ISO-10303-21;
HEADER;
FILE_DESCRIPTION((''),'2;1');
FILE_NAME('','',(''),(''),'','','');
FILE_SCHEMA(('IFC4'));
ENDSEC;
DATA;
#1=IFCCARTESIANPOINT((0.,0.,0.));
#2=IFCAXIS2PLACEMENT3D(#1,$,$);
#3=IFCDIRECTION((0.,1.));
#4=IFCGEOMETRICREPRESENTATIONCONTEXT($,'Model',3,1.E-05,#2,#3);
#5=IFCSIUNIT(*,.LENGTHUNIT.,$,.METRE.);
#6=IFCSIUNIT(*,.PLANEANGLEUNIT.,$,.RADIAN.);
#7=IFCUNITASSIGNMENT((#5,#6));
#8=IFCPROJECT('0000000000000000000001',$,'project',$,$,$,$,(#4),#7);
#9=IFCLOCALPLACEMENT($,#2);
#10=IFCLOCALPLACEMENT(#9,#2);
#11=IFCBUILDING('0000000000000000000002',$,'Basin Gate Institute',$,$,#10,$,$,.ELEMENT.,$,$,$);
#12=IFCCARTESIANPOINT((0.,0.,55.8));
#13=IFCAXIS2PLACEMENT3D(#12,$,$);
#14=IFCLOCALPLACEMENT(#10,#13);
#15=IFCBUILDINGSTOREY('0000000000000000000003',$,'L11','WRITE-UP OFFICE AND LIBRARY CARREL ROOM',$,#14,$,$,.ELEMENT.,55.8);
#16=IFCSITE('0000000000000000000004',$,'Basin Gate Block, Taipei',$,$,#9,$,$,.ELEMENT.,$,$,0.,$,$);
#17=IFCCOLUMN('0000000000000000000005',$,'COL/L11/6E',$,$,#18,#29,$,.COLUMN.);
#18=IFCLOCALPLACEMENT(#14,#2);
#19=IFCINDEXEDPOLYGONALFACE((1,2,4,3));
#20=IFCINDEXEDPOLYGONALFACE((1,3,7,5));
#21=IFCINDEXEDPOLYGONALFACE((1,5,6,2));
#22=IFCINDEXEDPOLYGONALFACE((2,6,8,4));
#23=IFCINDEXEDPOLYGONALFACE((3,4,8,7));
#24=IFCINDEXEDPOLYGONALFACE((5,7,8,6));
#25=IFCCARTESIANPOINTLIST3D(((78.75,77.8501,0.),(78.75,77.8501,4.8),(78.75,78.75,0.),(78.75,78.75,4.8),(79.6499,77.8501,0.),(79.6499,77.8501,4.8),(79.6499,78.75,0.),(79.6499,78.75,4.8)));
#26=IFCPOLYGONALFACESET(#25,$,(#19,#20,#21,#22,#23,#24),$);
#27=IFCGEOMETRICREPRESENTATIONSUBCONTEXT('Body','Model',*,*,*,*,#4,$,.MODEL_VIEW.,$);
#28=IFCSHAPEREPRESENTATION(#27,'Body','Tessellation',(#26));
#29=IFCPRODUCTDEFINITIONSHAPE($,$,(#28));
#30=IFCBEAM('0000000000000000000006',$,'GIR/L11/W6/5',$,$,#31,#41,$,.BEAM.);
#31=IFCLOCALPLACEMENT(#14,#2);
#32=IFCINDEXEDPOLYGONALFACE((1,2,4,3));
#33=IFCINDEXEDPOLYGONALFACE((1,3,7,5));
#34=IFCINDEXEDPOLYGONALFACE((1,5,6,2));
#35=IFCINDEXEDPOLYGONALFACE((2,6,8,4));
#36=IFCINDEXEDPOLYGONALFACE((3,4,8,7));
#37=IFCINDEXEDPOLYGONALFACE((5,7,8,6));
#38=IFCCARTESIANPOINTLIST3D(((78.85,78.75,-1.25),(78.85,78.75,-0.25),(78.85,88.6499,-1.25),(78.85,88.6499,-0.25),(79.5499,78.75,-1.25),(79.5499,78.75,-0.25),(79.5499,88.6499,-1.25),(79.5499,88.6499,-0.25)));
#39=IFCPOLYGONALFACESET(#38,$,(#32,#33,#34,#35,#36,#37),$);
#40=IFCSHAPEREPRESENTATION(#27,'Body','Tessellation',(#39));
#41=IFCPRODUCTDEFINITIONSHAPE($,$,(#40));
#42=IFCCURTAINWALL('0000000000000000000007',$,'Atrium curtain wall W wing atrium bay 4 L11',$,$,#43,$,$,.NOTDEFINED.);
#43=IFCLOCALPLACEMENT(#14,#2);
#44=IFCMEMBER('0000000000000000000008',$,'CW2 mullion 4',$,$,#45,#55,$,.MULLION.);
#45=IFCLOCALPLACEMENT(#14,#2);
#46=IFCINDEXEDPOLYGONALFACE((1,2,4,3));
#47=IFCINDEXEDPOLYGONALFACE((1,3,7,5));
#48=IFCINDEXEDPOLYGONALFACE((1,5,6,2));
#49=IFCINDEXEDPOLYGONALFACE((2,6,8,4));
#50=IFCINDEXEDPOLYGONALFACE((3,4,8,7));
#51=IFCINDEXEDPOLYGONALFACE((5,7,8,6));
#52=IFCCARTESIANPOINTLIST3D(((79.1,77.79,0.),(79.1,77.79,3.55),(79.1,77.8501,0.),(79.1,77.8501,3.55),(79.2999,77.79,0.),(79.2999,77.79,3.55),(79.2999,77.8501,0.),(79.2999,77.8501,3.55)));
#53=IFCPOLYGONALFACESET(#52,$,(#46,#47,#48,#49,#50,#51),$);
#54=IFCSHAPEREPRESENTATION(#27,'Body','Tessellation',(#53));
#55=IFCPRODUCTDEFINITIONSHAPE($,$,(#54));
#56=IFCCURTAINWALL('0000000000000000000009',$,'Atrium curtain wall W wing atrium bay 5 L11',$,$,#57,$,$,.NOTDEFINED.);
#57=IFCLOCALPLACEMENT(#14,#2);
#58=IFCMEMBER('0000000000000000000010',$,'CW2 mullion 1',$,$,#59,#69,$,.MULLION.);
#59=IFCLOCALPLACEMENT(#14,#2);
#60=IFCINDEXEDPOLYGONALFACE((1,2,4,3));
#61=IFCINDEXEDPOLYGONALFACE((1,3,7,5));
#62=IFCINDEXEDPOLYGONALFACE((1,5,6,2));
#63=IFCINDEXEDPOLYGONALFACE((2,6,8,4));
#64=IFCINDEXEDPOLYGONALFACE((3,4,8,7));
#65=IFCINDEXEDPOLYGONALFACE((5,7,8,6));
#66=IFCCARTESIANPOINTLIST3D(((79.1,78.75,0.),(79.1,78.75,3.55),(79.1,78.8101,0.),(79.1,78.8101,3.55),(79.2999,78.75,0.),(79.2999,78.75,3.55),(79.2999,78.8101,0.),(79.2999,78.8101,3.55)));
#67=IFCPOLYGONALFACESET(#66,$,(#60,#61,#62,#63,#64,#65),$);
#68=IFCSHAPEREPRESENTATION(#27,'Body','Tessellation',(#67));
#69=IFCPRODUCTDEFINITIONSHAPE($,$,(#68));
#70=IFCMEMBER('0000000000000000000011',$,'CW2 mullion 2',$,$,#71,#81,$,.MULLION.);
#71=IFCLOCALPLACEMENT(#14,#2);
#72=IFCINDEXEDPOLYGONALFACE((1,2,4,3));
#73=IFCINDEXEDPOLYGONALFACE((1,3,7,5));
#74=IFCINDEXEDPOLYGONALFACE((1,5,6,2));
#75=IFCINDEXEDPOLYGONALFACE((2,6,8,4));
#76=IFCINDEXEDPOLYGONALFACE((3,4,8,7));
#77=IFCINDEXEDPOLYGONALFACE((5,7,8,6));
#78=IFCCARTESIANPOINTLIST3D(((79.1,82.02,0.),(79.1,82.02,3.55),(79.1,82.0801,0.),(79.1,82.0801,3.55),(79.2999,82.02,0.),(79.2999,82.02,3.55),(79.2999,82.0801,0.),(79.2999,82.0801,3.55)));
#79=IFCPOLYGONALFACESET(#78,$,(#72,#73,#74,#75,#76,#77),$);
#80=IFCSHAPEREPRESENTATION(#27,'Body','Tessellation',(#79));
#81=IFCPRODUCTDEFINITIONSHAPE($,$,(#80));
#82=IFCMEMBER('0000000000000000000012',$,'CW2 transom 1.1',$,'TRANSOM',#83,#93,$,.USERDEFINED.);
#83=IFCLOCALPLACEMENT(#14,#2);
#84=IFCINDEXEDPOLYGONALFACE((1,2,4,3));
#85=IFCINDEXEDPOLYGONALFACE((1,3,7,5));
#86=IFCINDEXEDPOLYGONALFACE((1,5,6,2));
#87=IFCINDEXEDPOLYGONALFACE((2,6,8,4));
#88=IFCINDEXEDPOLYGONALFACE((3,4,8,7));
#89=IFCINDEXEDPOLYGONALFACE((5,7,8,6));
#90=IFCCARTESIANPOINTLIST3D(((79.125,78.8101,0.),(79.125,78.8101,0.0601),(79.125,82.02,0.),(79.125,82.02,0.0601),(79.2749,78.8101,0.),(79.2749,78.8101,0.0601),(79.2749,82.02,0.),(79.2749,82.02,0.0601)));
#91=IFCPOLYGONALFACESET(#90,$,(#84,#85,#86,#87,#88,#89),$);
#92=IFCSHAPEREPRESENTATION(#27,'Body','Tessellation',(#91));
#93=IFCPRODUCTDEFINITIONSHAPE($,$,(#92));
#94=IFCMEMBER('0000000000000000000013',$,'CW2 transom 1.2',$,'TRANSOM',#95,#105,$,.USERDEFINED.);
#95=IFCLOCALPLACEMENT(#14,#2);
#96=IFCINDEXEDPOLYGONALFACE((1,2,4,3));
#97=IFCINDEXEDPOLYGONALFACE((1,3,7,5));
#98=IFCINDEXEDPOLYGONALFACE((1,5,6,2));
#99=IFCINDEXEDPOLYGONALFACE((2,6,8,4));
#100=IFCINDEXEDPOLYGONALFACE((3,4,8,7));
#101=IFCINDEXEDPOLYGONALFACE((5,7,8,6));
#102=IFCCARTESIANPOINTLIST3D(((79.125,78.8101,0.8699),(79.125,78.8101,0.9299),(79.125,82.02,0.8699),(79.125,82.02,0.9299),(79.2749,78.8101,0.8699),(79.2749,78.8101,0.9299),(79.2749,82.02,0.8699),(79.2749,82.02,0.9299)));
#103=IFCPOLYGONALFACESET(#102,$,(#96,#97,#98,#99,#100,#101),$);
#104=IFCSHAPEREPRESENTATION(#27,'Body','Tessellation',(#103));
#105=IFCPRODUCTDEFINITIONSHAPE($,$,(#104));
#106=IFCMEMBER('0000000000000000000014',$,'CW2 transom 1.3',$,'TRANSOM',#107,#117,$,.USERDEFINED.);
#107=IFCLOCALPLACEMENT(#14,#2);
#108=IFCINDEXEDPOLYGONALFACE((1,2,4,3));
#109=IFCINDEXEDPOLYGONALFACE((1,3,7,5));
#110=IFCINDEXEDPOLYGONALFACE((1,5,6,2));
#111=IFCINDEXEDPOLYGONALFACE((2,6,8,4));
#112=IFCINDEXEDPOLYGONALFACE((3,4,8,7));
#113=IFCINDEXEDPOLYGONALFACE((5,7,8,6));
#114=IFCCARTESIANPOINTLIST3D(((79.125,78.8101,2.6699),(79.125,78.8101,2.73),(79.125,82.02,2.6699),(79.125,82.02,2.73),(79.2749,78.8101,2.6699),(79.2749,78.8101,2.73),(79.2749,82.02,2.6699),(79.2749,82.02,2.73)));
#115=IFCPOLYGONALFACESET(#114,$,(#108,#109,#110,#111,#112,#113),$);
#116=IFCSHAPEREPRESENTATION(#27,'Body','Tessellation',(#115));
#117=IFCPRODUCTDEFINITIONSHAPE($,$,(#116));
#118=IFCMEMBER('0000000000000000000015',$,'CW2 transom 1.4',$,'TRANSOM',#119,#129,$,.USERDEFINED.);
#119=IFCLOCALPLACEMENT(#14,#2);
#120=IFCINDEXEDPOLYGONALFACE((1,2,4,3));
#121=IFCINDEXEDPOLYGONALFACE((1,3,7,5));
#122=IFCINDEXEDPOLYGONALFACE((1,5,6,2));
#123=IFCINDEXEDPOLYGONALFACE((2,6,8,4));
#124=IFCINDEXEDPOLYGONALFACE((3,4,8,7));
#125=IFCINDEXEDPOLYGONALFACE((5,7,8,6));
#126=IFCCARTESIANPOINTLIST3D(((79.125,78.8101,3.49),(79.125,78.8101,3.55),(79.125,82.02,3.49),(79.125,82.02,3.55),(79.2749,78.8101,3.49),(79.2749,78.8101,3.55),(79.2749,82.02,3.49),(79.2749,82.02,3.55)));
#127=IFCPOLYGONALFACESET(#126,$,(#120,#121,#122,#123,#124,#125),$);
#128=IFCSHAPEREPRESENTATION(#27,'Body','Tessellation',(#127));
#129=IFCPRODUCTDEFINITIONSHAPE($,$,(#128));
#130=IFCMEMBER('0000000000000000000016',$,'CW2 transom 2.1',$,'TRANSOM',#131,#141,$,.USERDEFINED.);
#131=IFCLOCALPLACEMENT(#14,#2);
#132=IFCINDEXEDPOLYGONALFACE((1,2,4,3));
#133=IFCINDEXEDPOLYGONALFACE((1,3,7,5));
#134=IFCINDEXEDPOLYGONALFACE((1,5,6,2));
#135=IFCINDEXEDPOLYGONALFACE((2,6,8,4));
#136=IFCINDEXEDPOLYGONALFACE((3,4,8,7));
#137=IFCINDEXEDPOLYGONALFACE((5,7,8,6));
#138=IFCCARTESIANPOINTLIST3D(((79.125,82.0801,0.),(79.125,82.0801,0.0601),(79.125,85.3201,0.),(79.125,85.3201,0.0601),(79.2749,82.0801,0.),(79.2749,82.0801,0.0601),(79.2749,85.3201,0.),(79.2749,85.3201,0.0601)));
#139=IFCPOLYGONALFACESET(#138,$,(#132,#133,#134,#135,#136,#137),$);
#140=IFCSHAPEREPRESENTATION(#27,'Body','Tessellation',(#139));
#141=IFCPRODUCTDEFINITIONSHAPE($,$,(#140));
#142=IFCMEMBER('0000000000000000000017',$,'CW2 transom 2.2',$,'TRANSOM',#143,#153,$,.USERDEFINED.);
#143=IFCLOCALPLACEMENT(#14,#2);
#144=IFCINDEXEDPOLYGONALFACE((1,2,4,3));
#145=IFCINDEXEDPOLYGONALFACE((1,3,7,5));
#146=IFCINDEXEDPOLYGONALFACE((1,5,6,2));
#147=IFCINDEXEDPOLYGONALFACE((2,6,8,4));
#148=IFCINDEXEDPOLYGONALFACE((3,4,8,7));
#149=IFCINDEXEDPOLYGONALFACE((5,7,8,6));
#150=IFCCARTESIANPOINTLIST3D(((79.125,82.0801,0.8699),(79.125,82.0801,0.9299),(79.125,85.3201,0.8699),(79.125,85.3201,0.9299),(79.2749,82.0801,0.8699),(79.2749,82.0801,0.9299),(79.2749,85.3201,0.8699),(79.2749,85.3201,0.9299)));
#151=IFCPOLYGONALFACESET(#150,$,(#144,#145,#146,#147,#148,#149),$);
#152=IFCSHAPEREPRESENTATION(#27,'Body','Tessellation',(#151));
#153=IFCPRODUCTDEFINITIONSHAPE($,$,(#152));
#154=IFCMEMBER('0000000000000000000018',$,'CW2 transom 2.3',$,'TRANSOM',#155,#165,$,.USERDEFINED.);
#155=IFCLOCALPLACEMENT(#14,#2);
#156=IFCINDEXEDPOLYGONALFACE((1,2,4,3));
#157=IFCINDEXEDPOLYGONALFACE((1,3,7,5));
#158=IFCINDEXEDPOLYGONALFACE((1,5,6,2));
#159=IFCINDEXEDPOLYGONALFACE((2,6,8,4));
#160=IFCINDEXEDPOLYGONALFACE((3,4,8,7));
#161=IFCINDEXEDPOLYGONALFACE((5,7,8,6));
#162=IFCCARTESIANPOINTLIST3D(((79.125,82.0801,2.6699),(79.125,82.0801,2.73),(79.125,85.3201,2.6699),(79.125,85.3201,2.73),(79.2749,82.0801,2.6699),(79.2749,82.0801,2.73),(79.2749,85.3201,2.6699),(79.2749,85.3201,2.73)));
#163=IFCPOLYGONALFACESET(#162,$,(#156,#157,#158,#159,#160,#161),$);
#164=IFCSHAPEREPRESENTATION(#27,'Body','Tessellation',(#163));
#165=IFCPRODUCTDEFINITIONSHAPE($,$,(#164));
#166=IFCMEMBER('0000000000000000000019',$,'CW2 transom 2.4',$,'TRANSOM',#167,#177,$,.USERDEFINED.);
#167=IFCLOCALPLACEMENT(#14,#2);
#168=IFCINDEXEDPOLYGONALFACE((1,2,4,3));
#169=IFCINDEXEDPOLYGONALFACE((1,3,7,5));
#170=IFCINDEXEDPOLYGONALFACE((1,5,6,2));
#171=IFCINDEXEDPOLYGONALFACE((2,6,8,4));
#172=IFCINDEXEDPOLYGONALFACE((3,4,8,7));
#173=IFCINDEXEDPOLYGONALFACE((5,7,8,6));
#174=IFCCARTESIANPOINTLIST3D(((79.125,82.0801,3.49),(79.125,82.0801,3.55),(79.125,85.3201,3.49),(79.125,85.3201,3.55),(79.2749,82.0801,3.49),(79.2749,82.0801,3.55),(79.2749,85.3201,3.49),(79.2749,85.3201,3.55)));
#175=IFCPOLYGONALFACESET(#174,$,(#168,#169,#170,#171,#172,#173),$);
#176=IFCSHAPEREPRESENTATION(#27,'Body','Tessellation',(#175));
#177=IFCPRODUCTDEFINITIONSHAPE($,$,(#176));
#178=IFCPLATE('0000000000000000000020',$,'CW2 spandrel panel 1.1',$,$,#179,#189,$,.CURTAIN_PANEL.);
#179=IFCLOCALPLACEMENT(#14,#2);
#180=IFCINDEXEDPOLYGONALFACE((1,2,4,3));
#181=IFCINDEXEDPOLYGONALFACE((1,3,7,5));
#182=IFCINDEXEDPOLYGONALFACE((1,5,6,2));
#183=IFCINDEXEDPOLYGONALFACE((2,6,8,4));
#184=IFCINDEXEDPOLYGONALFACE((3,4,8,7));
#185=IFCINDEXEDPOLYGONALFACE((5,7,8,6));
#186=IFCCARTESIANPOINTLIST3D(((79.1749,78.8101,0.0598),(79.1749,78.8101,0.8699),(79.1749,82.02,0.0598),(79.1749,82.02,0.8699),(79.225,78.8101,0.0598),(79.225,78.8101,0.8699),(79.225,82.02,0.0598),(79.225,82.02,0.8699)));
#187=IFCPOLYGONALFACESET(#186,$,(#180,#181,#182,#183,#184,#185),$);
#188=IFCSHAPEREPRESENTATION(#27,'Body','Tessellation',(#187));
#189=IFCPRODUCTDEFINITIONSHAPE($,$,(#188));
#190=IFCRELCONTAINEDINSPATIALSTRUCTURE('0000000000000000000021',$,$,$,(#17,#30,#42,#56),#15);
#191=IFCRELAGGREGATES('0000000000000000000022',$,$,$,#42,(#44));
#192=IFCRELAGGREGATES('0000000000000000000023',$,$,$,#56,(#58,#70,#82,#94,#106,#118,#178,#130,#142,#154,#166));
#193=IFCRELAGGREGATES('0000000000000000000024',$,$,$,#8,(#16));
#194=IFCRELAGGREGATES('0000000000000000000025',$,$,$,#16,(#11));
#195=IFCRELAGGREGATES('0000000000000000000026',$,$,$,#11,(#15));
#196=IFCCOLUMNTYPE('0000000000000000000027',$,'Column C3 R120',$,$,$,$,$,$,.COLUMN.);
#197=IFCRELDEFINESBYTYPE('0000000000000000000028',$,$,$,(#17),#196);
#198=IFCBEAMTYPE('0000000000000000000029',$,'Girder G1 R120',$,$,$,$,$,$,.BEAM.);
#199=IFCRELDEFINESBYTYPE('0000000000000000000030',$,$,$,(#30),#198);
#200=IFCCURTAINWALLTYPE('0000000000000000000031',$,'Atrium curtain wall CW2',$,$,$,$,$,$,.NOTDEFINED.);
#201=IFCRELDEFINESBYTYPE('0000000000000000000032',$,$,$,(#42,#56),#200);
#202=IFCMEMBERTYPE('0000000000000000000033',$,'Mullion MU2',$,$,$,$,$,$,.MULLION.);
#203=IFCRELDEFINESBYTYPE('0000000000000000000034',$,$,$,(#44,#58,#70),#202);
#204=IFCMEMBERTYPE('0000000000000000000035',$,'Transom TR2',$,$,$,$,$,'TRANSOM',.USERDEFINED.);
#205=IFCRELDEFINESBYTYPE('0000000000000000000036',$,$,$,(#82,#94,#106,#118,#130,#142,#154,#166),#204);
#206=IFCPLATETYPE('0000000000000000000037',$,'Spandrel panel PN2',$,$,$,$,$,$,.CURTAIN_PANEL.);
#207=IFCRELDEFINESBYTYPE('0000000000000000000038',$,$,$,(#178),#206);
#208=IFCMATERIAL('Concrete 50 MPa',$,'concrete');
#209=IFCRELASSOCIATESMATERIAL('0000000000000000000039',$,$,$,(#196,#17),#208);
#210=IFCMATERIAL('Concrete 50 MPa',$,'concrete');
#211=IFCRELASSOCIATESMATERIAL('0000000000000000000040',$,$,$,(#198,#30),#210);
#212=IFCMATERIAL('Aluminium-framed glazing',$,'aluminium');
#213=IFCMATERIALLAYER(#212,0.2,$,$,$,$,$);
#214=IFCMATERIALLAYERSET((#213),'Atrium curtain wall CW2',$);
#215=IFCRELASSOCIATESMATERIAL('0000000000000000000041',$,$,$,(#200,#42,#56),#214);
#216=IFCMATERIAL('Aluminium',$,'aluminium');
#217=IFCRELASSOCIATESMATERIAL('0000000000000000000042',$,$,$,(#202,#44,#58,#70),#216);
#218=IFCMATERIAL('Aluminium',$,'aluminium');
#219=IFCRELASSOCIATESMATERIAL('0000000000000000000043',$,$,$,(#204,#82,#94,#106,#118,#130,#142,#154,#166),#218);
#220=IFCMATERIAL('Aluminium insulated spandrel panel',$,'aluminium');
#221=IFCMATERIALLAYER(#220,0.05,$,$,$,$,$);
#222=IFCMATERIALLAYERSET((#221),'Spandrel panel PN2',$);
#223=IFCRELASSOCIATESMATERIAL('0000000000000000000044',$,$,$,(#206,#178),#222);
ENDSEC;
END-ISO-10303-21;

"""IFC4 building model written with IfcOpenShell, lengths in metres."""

from ifc_helpers import new_model, si_unit, direction, frame, origin, origin_2d, place, context, subcontext, project, spatial, rectangle, extrude, material, layer, layer_set, material_profile, profile_set, type_object, element, aggregate, save


model = new_model("IFC4")

# Units and contexts
model_context = context("Model", 3, precision=1e-05, world=origin(), true_north=direction((0.0, 1.0)))
body_context = subcontext(model_context, "Body", "Model", "MODEL_VIEW")
ifc_project = project(units=[si_unit("LENGTHUNIT", "METRE"), si_unit("PLANEANGLEUNIT", "RADIAN")], contexts=[model_context])

# Site, building, storey
site_placement = place(None, origin())
site = spatial("IfcSite", under=ifc_project, at=site_placement, Name="Basin Gate Block, Taipei", CompositionType="ELEMENT", RefElevation=0.0)
building_placement = place(site_placement, origin())
building = spatial("IfcBuilding", under=site, at=building_placement, Name="Basin Gate Institute", CompositionType="ELEMENT")
storey_placement = place(building_placement, frame((0.0, 0.0, 55.8)))
storey = spatial("IfcBuildingStorey", under=building, at=storey_placement, Name="L11", Description="WRITE-UP OFFICE AND LIBRARY CARREL ROOM", CompositionType="ELEMENT", Elevation=55.8)

# Column
ifc_material_1 = material(Name="Concrete 50 MPa", Category="concrete")
ifc_material_profile_1 = material_profile(ifc_material_1, rectangle(XDim=0.8999, YDim=0.8999, at=origin_2d()), Name="Column C3 900 x 900")
ifc_profile_set_1 = profile_set([ifc_material_profile_1], Name="Concrete 50 MPa")
column_type = type_object("IfcColumnType", Name="Column C3 R120", PredefinedType="COLUMN", material=ifc_profile_set_1)
column_placement = place(storey_placement, frame((79.2, 78.3, 0.0), z_axis=(0.0, 0.0, 1.0), x_axis=(1.0, 0.0, 0.0)))
element("IfcColumn", 1, at=column_placement, inside=storey, type_object=column_type, material=ifc_profile_set_1, Name="COL/L11/6E", PredefinedType="COLUMN", context=body_context, shape_type="SweptSolid", body=[
    extrude(rectangle(XDim=0.8999, YDim=0.8999, at=origin_2d()), origin(), (0.0, 0.0, 1.0), 4.8),
])

# Beam
ifc_material_2 = material(Name="Concrete 50 MPa", Category="concrete")
ifc_material_profile_2 = material_profile(ifc_material_2, rectangle(XDim=0.7, YDim=1.0, at=origin_2d()), Name="Girder G1 700 x 1000")
ifc_profile_set_2 = profile_set([ifc_material_profile_2], Name="Concrete 50 MPa")
beam_type = type_object("IfcBeamType", Name="Girder G1 R120", PredefinedType="BEAM", material=ifc_profile_set_2)
beam_placement = place(storey_placement, frame((79.2, 78.75, -0.75), z_axis=(0.0, 1.0, 0.0), x_axis=(-1.0, 0.0, 0.0)))
element("IfcBeam", 2, at=beam_placement, inside=storey, type_object=beam_type, material=ifc_profile_set_2, Name="GIR/L11/W6/5", PredefinedType="BEAM", context=body_context, shape_type="SweptSolid", body=[
    extrude(rectangle(XDim=0.7, YDim=1.0, at=origin_2d()), origin(), (0.0, 0.0, 1.0), 9.8999),
])

# Curtain wall, member
ifc_material_3 = material(Name="Aluminium-framed glazing", Category="aluminium")
ifc_layer_1 = layer(ifc_material_3, 0.2)
ifc_layer_set_1 = layer_set([ifc_layer_1], Name="Atrium curtain wall CW2")
curtain_wall_type = type_object("IfcCurtainWallType", Name="Atrium curtain wall CW2", PredefinedType="NOTDEFINED", material=ifc_layer_set_1)
curtain_wall_1_placement = place(storey_placement, origin())
curtain_wall_1 = element("IfcCurtainWall", 3, at=curtain_wall_1_placement, inside=storey, type_object=curtain_wall_type, material=ifc_layer_set_1, Name="Atrium curtain wall W wing atrium bay 4 L11", PredefinedType="NOTDEFINED")
ifc_material_4 = material(Name="Aluminium", Category="aluminium")
ifc_material_profile_3 = material_profile(ifc_material_4, rectangle(XDim=0.2, YDim=0.0601, at=origin_2d()), Name="Mullion MU2 200 x 60")
ifc_profile_set_3 = profile_set([ifc_material_profile_3], Name="Aluminium")
member_type_1 = type_object("IfcMemberType", Name="Mullion MU2", PredefinedType="MULLION", material=ifc_profile_set_3)
member_1_placement = place(storey_placement, frame((79.2, 77.8201, 0.0), z_axis=(0.0, 0.0, 1.0), x_axis=(-1.0, 0.0, 0.0)))
member_1 = element("IfcMember", 4, at=member_1_placement, type_object=member_type_1, material=ifc_profile_set_3, Name="CW2 mullion 4", PredefinedType="MULLION", context=body_context, shape_type="SweptSolid", body=[
    extrude(rectangle(XDim=0.2, YDim=0.0601, at=origin_2d()), origin(), (0.0, 0.0, 1.0), 3.55),
])
aggregate(curtain_wall_1, [member_1])

# Curtain wall, members, plate
curtain_wall_2_placement = place(storey_placement, origin())
curtain_wall_2 = element("IfcCurtainWall", 5, at=curtain_wall_2_placement, inside=storey, type_object=curtain_wall_type, material=ifc_layer_set_1, Name="Atrium curtain wall W wing atrium bay 5 L11", PredefinedType="NOTDEFINED")
member_2_placement = place(storey_placement, frame((79.2, 78.78, 0.0), z_axis=(0.0, 0.0, 1.0), x_axis=(-1.0, 0.0, 0.0)))
member_2 = element("IfcMember", 6, at=member_2_placement, type_object=member_type_1, material=ifc_profile_set_3, Name="CW2 mullion 1", PredefinedType="MULLION", context=body_context, shape_type="SweptSolid", body=[
    extrude(rectangle(XDim=0.2, YDim=0.0601, at=origin_2d()), origin(), (0.0, 0.0, 1.0), 3.55),
])
member_3_placement = place(storey_placement, frame((79.2, 82.05, 0.0), z_axis=(0.0, 0.0, 1.0), x_axis=(-1.0, 0.0, 0.0)))
member_3 = element("IfcMember", 7, at=member_3_placement, type_object=member_type_1, material=ifc_profile_set_3, Name="CW2 mullion 2", PredefinedType="MULLION", context=body_context, shape_type="SweptSolid", body=[
    extrude(rectangle(XDim=0.2, YDim=0.0601, at=origin_2d()), origin(), (0.0, 0.0, 1.0), 3.55),
])
ifc_material_5 = material(Name="Aluminium", Category="aluminium")
ifc_material_profile_4 = material_profile(ifc_material_5, rectangle(XDim=0.1499, YDim=0.0601, at=origin_2d()), Name="Transom TR2 150 x 60")
ifc_profile_set_4 = profile_set([ifc_material_profile_4], Name="Aluminium")
member_type_2 = type_object("IfcMemberType", Name="Transom TR2", ElementType="TRANSOM", PredefinedType="USERDEFINED", material=ifc_profile_set_4)
member_4_placement = place(storey_placement, frame((79.2, 78.8101, 0.03), z_axis=(0.0, 1.0, 0.0), x_axis=(-1.0, 0.0, 0.0)))
member_4 = element("IfcMember", 8, at=member_4_placement, type_object=member_type_2, material=ifc_profile_set_4, Name="CW2 transom 1.1", ObjectType="TRANSOM", PredefinedType="USERDEFINED", context=body_context, shape_type="SweptSolid", body=[
    extrude(rectangle(XDim=0.1499, YDim=0.0601, at=origin_2d()), origin(), (0.0, 0.0, 1.0), 3.21),
])
member_5_placement = place(storey_placement, frame((79.2, 78.8101, 0.8999), z_axis=(0.0, 1.0, 0.0), x_axis=(-1.0, 0.0, 0.0)))
member_5 = element("IfcMember", 9, at=member_5_placement, type_object=member_type_2, material=ifc_profile_set_4, Name="CW2 transom 1.2", ObjectType="TRANSOM", PredefinedType="USERDEFINED", context=body_context, shape_type="SweptSolid", body=[
    extrude(rectangle(XDim=0.1499, YDim=0.0601, at=origin_2d()), origin(), (0.0, 0.0, 1.0), 3.21),
])
member_6_placement = place(storey_placement, frame((79.2, 78.8101, 2.7), z_axis=(0.0, 1.0, 0.0), x_axis=(-1.0, 0.0, 0.0)))
member_6 = element("IfcMember", 10, at=member_6_placement, type_object=member_type_2, material=ifc_profile_set_4, Name="CW2 transom 1.3", ObjectType="TRANSOM", PredefinedType="USERDEFINED", context=body_context, shape_type="SweptSolid", body=[
    extrude(rectangle(XDim=0.1499, YDim=0.0601, at=origin_2d()), origin(), (0.0, 0.0, 1.0), 3.21),
])
member_7_placement = place(storey_placement, frame((79.2, 78.8101, 3.52), z_axis=(0.0, 1.0, 0.0), x_axis=(-1.0, 0.0, 0.0)))
member_7 = element("IfcMember", 11, at=member_7_placement, type_object=member_type_2, material=ifc_profile_set_4, Name="CW2 transom 1.4", ObjectType="TRANSOM", PredefinedType="USERDEFINED", context=body_context, shape_type="SweptSolid", body=[
    extrude(rectangle(XDim=0.1499, YDim=0.0601, at=origin_2d()), origin(), (0.0, 0.0, 1.0), 3.21),
])
member_8_placement = place(storey_placement, frame((79.2, 82.0801, 0.03), z_axis=(0.0, 1.0, 0.0), x_axis=(-1.0, 0.0, 0.0)))
member_8 = element("IfcMember", 12, at=member_8_placement, type_object=member_type_2, material=ifc_profile_set_4, Name="CW2 transom 2.1", ObjectType="TRANSOM", PredefinedType="USERDEFINED", context=body_context, shape_type="SweptSolid", body=[
    extrude(rectangle(XDim=0.1499, YDim=0.0601, at=origin_2d()), origin(), (0.0, 0.0, 1.0), 3.24),
])
member_9_placement = place(storey_placement, frame((79.2, 82.0801, 0.8999), z_axis=(0.0, 1.0, 0.0), x_axis=(-1.0, 0.0, 0.0)))
member_9 = element("IfcMember", 13, at=member_9_placement, type_object=member_type_2, material=ifc_profile_set_4, Name="CW2 transom 2.2", ObjectType="TRANSOM", PredefinedType="USERDEFINED", context=body_context, shape_type="SweptSolid", body=[
    extrude(rectangle(XDim=0.1499, YDim=0.0601, at=origin_2d()), origin(), (0.0, 0.0, 1.0), 3.24),
])
member_10_placement = place(storey_placement, frame((79.2, 82.0801, 2.7), z_axis=(0.0, 1.0, 0.0), x_axis=(-1.0, 0.0, 0.0)))
member_10 = element("IfcMember", 14, at=member_10_placement, type_object=member_type_2, material=ifc_profile_set_4, Name="CW2 transom 2.3", ObjectType="TRANSOM", PredefinedType="USERDEFINED", context=body_context, shape_type="SweptSolid", body=[
    extrude(rectangle(XDim=0.1499, YDim=0.0601, at=origin_2d()), origin(), (0.0, 0.0, 1.0), 3.24),
])
member_11_placement = place(storey_placement, frame((79.2, 82.0801, 3.52), z_axis=(0.0, 1.0, 0.0), x_axis=(-1.0, 0.0, 0.0)))
member_11 = element("IfcMember", 15, at=member_11_placement, type_object=member_type_2, material=ifc_profile_set_4, Name="CW2 transom 2.4", ObjectType="TRANSOM", PredefinedType="USERDEFINED", context=body_context, shape_type="SweptSolid", body=[
    extrude(rectangle(XDim=0.1499, YDim=0.0601, at=origin_2d()), origin(), (0.0, 0.0, 1.0), 3.24),
])
ifc_material_6 = material(Name="Aluminium insulated spandrel panel", Category="aluminium")
ifc_layer_2 = layer(ifc_material_6, 0.05)
ifc_layer_set_2 = layer_set([ifc_layer_2], Name="Spandrel panel PN2")
plate_type_1 = type_object("IfcPlateType", Name="Spandrel panel PN2", PredefinedType="CURTAIN_PANEL", material=ifc_layer_set_2)
plate_1_placement = place(storey_placement, frame((79.2, 80.415, 0.0598), z_axis=(0.0, 0.0, 1.0), x_axis=(0.0, 1.0, 0.0)))
plate_1 = element("IfcPlate", 16, at=plate_1_placement, type_object=plate_type_1, material=ifc_layer_set_2, Name="CW2 spandrel panel 1.1", PredefinedType="CURTAIN_PANEL", context=body_context, shape_type="SweptSolid", body=[
    extrude(rectangle(XDim=3.21, YDim=0.05, at=origin_2d()), origin(), (0.0, 0.0, 1.0), 0.8101),
])
aggregate(curtain_wall_2, [member_2, member_3, member_4, member_5, member_6, member_7, plate_1, member_8, member_9, member_10, member_11])

save(model, "model.ifc")
